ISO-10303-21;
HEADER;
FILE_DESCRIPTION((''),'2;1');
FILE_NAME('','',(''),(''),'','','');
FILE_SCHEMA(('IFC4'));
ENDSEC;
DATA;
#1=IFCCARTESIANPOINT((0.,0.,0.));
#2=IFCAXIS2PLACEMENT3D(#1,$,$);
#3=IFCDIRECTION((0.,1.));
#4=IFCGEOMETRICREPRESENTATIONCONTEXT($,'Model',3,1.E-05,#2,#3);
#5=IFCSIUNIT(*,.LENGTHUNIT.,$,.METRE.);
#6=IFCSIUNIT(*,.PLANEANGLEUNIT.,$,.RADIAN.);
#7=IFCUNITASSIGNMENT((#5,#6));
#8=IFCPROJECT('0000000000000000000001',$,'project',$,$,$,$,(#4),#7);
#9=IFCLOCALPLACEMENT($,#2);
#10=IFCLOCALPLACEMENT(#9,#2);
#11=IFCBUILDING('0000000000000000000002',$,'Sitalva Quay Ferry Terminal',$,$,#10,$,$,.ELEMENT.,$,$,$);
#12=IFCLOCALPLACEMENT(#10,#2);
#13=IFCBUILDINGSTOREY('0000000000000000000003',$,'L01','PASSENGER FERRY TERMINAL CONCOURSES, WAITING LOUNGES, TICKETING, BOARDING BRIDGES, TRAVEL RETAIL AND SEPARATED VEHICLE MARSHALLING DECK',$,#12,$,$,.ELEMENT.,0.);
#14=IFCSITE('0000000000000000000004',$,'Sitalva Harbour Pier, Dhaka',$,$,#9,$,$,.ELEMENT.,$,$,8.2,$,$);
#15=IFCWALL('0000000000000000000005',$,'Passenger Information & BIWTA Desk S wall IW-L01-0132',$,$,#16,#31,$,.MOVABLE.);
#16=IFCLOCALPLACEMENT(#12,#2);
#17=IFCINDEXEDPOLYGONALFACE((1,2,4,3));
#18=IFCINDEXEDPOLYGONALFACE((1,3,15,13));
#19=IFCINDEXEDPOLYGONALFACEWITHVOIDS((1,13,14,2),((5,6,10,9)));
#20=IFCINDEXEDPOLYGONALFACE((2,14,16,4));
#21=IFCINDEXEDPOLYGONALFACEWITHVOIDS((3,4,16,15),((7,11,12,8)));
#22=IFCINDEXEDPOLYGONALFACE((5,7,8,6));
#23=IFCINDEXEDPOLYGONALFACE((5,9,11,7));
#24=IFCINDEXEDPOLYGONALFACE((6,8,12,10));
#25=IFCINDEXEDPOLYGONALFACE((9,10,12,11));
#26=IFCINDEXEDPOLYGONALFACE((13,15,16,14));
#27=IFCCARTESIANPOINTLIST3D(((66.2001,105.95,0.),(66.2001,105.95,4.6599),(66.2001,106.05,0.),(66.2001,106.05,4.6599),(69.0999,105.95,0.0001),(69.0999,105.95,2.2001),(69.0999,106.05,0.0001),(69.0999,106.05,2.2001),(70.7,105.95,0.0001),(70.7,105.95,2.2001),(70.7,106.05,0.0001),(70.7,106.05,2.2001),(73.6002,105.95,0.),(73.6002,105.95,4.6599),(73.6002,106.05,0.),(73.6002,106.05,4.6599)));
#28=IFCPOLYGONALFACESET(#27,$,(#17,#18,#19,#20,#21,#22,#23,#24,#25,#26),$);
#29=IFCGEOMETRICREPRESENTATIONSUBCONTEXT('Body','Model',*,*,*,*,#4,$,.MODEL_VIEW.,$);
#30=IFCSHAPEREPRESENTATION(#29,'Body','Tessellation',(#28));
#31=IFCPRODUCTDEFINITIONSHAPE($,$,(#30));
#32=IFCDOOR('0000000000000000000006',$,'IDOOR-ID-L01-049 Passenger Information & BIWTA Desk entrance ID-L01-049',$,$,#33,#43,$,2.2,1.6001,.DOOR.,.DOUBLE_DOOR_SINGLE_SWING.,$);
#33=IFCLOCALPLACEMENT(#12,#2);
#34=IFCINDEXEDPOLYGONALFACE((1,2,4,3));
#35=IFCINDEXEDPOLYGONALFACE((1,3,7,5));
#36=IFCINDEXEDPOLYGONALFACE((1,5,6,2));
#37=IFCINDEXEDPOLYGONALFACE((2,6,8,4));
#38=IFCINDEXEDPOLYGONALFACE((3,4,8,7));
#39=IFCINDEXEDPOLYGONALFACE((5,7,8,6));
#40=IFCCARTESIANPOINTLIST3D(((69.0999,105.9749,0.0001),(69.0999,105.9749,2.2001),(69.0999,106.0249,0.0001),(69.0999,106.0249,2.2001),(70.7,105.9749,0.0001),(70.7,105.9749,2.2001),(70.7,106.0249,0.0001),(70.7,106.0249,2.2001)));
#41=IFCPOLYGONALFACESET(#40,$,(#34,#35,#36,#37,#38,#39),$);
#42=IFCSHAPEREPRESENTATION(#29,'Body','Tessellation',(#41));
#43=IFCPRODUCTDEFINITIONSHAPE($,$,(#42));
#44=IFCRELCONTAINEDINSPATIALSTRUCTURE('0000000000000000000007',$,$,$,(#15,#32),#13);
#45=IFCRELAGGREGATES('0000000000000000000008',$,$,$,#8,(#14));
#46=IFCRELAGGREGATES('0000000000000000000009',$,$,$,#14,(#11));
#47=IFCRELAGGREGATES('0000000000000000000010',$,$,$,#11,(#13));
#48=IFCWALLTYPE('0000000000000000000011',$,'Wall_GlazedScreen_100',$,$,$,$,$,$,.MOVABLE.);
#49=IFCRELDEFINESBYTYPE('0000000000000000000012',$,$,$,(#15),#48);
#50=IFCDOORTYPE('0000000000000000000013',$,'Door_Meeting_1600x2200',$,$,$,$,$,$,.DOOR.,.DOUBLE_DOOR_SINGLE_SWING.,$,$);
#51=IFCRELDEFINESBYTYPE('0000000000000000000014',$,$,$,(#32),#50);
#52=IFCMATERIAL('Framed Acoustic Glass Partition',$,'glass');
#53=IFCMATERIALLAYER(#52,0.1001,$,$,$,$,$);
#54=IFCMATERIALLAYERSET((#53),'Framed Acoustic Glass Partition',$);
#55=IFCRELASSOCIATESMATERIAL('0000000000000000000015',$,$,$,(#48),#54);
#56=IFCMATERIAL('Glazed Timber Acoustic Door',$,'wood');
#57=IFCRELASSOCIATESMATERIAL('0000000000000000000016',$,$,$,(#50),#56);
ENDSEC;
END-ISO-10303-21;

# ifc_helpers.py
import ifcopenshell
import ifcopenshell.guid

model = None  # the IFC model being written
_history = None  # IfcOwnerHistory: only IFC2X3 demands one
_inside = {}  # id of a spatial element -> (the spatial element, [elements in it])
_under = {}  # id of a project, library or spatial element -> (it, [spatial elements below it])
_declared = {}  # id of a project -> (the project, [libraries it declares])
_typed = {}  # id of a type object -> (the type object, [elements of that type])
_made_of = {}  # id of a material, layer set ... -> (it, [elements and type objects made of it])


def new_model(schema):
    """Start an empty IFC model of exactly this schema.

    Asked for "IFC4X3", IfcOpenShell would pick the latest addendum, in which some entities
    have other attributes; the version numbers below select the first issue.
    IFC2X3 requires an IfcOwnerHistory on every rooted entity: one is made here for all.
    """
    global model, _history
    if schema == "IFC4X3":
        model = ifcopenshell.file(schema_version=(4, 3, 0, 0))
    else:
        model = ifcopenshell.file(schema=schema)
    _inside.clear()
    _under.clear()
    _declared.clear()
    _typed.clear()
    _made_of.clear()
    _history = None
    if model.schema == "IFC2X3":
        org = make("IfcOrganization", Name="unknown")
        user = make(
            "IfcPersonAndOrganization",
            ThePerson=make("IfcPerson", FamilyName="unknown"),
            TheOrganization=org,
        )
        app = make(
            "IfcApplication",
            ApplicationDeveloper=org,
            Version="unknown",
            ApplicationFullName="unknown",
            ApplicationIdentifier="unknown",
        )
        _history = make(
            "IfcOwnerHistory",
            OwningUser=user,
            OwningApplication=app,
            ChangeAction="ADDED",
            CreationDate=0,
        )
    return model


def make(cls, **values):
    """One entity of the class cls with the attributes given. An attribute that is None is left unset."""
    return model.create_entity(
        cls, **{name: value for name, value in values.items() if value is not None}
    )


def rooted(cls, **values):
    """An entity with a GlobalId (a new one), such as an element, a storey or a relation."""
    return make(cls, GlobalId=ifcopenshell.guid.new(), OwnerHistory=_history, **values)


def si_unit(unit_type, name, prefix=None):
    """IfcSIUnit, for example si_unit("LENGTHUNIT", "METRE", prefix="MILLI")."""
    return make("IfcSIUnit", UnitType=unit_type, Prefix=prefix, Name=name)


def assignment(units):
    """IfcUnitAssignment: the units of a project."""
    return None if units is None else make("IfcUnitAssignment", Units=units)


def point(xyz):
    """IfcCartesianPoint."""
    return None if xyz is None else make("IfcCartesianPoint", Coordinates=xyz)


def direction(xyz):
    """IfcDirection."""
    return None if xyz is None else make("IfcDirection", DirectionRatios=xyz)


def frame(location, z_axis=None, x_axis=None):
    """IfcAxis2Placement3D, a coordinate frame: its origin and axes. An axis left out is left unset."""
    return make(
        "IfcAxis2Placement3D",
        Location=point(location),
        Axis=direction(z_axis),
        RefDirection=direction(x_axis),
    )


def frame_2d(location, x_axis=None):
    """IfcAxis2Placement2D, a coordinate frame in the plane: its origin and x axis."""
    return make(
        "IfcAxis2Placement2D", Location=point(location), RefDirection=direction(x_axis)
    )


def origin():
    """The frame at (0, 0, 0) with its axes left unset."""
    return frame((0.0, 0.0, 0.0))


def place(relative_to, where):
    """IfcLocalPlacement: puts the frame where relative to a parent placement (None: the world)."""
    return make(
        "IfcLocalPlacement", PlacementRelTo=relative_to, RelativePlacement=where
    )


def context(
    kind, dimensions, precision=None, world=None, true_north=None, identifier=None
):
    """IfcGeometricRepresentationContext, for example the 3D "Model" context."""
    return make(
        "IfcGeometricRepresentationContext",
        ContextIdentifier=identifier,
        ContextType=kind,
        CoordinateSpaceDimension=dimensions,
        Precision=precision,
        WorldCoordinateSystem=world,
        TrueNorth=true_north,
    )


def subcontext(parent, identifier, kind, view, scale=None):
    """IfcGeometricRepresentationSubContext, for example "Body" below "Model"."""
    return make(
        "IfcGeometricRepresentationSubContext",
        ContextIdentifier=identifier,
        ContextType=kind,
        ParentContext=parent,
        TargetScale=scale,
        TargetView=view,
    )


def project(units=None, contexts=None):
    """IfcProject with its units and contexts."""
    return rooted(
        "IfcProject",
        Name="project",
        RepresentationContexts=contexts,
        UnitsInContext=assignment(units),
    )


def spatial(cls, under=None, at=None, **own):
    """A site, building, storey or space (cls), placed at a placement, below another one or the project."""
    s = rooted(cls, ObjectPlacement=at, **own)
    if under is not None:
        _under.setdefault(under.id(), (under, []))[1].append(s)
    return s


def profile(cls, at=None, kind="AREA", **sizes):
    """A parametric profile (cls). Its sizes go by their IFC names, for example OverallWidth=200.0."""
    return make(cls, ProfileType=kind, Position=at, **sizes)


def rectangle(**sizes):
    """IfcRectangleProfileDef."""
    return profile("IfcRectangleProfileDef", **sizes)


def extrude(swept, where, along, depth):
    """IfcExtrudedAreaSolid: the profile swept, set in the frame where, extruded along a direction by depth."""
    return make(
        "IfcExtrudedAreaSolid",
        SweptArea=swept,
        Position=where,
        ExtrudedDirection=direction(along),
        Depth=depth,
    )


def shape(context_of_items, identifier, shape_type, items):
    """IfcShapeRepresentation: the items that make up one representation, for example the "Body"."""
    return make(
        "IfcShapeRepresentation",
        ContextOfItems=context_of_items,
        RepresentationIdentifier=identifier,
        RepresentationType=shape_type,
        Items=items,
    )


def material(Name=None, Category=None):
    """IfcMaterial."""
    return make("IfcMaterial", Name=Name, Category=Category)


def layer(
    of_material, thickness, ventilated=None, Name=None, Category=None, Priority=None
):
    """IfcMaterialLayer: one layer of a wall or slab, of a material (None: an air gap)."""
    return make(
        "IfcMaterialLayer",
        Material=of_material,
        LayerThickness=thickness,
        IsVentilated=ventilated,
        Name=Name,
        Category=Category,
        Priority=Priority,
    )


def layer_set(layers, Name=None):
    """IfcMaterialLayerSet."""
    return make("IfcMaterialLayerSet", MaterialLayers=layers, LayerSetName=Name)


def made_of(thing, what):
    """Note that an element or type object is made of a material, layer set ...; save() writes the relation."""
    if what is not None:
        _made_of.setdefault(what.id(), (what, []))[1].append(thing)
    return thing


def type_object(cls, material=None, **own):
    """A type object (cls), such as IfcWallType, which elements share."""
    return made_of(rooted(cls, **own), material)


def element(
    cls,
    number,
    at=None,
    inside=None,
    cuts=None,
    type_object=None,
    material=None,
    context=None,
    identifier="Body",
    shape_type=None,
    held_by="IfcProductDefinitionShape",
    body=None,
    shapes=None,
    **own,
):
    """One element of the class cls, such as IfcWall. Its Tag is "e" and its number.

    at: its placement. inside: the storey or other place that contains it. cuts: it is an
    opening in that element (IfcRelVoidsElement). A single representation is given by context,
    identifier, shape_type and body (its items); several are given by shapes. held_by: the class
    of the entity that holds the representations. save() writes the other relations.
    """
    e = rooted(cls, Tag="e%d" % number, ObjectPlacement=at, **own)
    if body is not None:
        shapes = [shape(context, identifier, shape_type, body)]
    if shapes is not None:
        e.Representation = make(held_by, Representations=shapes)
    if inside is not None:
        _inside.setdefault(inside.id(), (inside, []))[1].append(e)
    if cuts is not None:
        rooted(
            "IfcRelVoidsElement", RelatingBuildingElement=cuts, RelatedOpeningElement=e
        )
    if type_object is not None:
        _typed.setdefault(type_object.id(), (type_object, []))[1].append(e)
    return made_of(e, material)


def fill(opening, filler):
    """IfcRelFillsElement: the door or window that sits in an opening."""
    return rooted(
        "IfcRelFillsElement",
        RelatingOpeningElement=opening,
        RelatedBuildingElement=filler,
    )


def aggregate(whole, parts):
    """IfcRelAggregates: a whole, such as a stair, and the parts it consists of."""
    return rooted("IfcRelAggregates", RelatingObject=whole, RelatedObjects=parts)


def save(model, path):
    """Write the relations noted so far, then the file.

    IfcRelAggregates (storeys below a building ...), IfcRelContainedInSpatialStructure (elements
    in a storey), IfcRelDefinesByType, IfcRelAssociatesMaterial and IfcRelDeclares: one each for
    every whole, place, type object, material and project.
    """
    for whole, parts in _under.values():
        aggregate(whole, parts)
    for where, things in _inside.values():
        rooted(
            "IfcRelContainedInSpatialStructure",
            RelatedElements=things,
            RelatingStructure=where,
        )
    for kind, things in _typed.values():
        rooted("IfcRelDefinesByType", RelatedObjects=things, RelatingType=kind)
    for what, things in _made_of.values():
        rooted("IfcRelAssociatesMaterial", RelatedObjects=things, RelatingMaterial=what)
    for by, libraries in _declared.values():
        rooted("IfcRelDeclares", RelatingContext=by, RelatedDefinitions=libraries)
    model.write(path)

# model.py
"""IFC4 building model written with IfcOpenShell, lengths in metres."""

from ifc_helpers import new_model, si_unit, direction, frame, frame_2d, origin, place, context, subcontext, project, spatial, rectangle, extrude, material, layer, layer_set, type_object, element, fill, save


model = new_model("IFC4")

# Units and contexts
model_context = context("Model", 3, precision=1e-05, world=origin(), true_north=direction((0.0, 1.0)))
body_context = subcontext(model_context, "Body", "Model", "MODEL_VIEW")
ifc_project = project(units=[si_unit("LENGTHUNIT", "METRE"), si_unit("PLANEANGLEUNIT", "RADIAN")], contexts=[model_context])

# Site, building, storey
site_placement = place(None, origin())
site = spatial("IfcSite", under=ifc_project, at=site_placement, Name="Sitalva Harbour Pier, Dhaka", CompositionType="ELEMENT", RefElevation=8.2)
building_placement = place(site_placement, origin())
building = spatial("IfcBuilding", under=site, at=building_placement, Name="Sitalva Quay Ferry Terminal", CompositionType="ELEMENT")
storey_placement = place(building_placement, origin())
storey = spatial("IfcBuildingStorey", under=building, at=storey_placement, Name="L01", Description="PASSENGER FERRY TERMINAL CONCOURSES, WAITING LOUNGES, TICKETING, BOARDING BRIDGES, TRAVEL RETAIL AND SEPARATED VEHICLE MARSHALLING DECK", CompositionType="ELEMENT", Elevation=0.0)

# Wall, opening, door
ifc_material_1 = material(Name="Framed Acoustic Glass Partition", Category="glass")
ifc_layer = layer(ifc_material_1, 0.1001)
ifc_layer_set = layer_set([ifc_layer], Name="Framed Acoustic Glass Partition")
wall_type = type_object("IfcWallType", Name="Wall_GlazedScreen_100", PredefinedType="MOVABLE", material=ifc_layer_set)
wall_placement = place(storey_placement, frame((66.2, 106.0, 0.0), z_axis=(0.0, 0.0, 1.0), x_axis=(1.0, 0.0, 0.0)))
wall = element("IfcWall", 1, at=wall_placement, inside=storey, type_object=wall_type, Name="Passenger Information & BIWTA Desk S wall IW-L01-0132", PredefinedType="MOVABLE", context=body_context, shape_type="SweptSolid", body=[
    extrude(rectangle(XDim=7.4001, YDim=0.1001, at=frame_2d((3.7002, 0.0))), origin(), (0.0, 0.0, 1.0), 4.6599),
])
opening_placement = place(wall_placement, frame((2.8999, 0.0, 0.0)))
opening = element("IfcOpeningElement", 2, at=opening_placement, cuts=wall, PredefinedType="OPENING", context=body_context, shape_type="SweptSolid", body=[
    extrude(rectangle(XDim=1.6001, YDim=2.2, at=frame_2d((0.8, 1.1001))), frame((0.0, 0.0601, 0.0), z_axis=(0.0, -1.0, 0.0), x_axis=(1.0, 0.0, 0.0)), (0.0, 0.0, 1.0), 0.1201),
])
ifc_material_2 = material(Name="Glazed Timber Acoustic Door", Category="wood")
door_type = type_object("IfcDoorType", Name="Door_Meeting_1600x2200", OperationType="DOUBLE_DOOR_SINGLE_SWING", PredefinedType="DOOR", material=ifc_material_2)
door_placement = place(opening_placement, origin())
door = element("IfcDoor", 3, at=door_placement, inside=storey, type_object=door_type, Name="IDOOR-ID-L01-049 Passenger Information & BIWTA Desk entrance ID-L01-049", OperationType="DOUBLE_DOOR_SINGLE_SWING", OverallHeight=2.2, OverallWidth=1.6001, PredefinedType="DOOR", context=body_context, shape_type="SweptSolid", body=[
    extrude(rectangle(XDim=1.6001, YDim=2.2, at=frame_2d((0.8, 1.1001))), frame((0.0, 0.0249, 0.0), z_axis=(0.0, -1.0, 0.0), x_axis=(1.0, 0.0, 0.0)), (0.0, 0.0, 1.0), 0.05),
])
fill(opening, door)

save(model, "model.ifc")
